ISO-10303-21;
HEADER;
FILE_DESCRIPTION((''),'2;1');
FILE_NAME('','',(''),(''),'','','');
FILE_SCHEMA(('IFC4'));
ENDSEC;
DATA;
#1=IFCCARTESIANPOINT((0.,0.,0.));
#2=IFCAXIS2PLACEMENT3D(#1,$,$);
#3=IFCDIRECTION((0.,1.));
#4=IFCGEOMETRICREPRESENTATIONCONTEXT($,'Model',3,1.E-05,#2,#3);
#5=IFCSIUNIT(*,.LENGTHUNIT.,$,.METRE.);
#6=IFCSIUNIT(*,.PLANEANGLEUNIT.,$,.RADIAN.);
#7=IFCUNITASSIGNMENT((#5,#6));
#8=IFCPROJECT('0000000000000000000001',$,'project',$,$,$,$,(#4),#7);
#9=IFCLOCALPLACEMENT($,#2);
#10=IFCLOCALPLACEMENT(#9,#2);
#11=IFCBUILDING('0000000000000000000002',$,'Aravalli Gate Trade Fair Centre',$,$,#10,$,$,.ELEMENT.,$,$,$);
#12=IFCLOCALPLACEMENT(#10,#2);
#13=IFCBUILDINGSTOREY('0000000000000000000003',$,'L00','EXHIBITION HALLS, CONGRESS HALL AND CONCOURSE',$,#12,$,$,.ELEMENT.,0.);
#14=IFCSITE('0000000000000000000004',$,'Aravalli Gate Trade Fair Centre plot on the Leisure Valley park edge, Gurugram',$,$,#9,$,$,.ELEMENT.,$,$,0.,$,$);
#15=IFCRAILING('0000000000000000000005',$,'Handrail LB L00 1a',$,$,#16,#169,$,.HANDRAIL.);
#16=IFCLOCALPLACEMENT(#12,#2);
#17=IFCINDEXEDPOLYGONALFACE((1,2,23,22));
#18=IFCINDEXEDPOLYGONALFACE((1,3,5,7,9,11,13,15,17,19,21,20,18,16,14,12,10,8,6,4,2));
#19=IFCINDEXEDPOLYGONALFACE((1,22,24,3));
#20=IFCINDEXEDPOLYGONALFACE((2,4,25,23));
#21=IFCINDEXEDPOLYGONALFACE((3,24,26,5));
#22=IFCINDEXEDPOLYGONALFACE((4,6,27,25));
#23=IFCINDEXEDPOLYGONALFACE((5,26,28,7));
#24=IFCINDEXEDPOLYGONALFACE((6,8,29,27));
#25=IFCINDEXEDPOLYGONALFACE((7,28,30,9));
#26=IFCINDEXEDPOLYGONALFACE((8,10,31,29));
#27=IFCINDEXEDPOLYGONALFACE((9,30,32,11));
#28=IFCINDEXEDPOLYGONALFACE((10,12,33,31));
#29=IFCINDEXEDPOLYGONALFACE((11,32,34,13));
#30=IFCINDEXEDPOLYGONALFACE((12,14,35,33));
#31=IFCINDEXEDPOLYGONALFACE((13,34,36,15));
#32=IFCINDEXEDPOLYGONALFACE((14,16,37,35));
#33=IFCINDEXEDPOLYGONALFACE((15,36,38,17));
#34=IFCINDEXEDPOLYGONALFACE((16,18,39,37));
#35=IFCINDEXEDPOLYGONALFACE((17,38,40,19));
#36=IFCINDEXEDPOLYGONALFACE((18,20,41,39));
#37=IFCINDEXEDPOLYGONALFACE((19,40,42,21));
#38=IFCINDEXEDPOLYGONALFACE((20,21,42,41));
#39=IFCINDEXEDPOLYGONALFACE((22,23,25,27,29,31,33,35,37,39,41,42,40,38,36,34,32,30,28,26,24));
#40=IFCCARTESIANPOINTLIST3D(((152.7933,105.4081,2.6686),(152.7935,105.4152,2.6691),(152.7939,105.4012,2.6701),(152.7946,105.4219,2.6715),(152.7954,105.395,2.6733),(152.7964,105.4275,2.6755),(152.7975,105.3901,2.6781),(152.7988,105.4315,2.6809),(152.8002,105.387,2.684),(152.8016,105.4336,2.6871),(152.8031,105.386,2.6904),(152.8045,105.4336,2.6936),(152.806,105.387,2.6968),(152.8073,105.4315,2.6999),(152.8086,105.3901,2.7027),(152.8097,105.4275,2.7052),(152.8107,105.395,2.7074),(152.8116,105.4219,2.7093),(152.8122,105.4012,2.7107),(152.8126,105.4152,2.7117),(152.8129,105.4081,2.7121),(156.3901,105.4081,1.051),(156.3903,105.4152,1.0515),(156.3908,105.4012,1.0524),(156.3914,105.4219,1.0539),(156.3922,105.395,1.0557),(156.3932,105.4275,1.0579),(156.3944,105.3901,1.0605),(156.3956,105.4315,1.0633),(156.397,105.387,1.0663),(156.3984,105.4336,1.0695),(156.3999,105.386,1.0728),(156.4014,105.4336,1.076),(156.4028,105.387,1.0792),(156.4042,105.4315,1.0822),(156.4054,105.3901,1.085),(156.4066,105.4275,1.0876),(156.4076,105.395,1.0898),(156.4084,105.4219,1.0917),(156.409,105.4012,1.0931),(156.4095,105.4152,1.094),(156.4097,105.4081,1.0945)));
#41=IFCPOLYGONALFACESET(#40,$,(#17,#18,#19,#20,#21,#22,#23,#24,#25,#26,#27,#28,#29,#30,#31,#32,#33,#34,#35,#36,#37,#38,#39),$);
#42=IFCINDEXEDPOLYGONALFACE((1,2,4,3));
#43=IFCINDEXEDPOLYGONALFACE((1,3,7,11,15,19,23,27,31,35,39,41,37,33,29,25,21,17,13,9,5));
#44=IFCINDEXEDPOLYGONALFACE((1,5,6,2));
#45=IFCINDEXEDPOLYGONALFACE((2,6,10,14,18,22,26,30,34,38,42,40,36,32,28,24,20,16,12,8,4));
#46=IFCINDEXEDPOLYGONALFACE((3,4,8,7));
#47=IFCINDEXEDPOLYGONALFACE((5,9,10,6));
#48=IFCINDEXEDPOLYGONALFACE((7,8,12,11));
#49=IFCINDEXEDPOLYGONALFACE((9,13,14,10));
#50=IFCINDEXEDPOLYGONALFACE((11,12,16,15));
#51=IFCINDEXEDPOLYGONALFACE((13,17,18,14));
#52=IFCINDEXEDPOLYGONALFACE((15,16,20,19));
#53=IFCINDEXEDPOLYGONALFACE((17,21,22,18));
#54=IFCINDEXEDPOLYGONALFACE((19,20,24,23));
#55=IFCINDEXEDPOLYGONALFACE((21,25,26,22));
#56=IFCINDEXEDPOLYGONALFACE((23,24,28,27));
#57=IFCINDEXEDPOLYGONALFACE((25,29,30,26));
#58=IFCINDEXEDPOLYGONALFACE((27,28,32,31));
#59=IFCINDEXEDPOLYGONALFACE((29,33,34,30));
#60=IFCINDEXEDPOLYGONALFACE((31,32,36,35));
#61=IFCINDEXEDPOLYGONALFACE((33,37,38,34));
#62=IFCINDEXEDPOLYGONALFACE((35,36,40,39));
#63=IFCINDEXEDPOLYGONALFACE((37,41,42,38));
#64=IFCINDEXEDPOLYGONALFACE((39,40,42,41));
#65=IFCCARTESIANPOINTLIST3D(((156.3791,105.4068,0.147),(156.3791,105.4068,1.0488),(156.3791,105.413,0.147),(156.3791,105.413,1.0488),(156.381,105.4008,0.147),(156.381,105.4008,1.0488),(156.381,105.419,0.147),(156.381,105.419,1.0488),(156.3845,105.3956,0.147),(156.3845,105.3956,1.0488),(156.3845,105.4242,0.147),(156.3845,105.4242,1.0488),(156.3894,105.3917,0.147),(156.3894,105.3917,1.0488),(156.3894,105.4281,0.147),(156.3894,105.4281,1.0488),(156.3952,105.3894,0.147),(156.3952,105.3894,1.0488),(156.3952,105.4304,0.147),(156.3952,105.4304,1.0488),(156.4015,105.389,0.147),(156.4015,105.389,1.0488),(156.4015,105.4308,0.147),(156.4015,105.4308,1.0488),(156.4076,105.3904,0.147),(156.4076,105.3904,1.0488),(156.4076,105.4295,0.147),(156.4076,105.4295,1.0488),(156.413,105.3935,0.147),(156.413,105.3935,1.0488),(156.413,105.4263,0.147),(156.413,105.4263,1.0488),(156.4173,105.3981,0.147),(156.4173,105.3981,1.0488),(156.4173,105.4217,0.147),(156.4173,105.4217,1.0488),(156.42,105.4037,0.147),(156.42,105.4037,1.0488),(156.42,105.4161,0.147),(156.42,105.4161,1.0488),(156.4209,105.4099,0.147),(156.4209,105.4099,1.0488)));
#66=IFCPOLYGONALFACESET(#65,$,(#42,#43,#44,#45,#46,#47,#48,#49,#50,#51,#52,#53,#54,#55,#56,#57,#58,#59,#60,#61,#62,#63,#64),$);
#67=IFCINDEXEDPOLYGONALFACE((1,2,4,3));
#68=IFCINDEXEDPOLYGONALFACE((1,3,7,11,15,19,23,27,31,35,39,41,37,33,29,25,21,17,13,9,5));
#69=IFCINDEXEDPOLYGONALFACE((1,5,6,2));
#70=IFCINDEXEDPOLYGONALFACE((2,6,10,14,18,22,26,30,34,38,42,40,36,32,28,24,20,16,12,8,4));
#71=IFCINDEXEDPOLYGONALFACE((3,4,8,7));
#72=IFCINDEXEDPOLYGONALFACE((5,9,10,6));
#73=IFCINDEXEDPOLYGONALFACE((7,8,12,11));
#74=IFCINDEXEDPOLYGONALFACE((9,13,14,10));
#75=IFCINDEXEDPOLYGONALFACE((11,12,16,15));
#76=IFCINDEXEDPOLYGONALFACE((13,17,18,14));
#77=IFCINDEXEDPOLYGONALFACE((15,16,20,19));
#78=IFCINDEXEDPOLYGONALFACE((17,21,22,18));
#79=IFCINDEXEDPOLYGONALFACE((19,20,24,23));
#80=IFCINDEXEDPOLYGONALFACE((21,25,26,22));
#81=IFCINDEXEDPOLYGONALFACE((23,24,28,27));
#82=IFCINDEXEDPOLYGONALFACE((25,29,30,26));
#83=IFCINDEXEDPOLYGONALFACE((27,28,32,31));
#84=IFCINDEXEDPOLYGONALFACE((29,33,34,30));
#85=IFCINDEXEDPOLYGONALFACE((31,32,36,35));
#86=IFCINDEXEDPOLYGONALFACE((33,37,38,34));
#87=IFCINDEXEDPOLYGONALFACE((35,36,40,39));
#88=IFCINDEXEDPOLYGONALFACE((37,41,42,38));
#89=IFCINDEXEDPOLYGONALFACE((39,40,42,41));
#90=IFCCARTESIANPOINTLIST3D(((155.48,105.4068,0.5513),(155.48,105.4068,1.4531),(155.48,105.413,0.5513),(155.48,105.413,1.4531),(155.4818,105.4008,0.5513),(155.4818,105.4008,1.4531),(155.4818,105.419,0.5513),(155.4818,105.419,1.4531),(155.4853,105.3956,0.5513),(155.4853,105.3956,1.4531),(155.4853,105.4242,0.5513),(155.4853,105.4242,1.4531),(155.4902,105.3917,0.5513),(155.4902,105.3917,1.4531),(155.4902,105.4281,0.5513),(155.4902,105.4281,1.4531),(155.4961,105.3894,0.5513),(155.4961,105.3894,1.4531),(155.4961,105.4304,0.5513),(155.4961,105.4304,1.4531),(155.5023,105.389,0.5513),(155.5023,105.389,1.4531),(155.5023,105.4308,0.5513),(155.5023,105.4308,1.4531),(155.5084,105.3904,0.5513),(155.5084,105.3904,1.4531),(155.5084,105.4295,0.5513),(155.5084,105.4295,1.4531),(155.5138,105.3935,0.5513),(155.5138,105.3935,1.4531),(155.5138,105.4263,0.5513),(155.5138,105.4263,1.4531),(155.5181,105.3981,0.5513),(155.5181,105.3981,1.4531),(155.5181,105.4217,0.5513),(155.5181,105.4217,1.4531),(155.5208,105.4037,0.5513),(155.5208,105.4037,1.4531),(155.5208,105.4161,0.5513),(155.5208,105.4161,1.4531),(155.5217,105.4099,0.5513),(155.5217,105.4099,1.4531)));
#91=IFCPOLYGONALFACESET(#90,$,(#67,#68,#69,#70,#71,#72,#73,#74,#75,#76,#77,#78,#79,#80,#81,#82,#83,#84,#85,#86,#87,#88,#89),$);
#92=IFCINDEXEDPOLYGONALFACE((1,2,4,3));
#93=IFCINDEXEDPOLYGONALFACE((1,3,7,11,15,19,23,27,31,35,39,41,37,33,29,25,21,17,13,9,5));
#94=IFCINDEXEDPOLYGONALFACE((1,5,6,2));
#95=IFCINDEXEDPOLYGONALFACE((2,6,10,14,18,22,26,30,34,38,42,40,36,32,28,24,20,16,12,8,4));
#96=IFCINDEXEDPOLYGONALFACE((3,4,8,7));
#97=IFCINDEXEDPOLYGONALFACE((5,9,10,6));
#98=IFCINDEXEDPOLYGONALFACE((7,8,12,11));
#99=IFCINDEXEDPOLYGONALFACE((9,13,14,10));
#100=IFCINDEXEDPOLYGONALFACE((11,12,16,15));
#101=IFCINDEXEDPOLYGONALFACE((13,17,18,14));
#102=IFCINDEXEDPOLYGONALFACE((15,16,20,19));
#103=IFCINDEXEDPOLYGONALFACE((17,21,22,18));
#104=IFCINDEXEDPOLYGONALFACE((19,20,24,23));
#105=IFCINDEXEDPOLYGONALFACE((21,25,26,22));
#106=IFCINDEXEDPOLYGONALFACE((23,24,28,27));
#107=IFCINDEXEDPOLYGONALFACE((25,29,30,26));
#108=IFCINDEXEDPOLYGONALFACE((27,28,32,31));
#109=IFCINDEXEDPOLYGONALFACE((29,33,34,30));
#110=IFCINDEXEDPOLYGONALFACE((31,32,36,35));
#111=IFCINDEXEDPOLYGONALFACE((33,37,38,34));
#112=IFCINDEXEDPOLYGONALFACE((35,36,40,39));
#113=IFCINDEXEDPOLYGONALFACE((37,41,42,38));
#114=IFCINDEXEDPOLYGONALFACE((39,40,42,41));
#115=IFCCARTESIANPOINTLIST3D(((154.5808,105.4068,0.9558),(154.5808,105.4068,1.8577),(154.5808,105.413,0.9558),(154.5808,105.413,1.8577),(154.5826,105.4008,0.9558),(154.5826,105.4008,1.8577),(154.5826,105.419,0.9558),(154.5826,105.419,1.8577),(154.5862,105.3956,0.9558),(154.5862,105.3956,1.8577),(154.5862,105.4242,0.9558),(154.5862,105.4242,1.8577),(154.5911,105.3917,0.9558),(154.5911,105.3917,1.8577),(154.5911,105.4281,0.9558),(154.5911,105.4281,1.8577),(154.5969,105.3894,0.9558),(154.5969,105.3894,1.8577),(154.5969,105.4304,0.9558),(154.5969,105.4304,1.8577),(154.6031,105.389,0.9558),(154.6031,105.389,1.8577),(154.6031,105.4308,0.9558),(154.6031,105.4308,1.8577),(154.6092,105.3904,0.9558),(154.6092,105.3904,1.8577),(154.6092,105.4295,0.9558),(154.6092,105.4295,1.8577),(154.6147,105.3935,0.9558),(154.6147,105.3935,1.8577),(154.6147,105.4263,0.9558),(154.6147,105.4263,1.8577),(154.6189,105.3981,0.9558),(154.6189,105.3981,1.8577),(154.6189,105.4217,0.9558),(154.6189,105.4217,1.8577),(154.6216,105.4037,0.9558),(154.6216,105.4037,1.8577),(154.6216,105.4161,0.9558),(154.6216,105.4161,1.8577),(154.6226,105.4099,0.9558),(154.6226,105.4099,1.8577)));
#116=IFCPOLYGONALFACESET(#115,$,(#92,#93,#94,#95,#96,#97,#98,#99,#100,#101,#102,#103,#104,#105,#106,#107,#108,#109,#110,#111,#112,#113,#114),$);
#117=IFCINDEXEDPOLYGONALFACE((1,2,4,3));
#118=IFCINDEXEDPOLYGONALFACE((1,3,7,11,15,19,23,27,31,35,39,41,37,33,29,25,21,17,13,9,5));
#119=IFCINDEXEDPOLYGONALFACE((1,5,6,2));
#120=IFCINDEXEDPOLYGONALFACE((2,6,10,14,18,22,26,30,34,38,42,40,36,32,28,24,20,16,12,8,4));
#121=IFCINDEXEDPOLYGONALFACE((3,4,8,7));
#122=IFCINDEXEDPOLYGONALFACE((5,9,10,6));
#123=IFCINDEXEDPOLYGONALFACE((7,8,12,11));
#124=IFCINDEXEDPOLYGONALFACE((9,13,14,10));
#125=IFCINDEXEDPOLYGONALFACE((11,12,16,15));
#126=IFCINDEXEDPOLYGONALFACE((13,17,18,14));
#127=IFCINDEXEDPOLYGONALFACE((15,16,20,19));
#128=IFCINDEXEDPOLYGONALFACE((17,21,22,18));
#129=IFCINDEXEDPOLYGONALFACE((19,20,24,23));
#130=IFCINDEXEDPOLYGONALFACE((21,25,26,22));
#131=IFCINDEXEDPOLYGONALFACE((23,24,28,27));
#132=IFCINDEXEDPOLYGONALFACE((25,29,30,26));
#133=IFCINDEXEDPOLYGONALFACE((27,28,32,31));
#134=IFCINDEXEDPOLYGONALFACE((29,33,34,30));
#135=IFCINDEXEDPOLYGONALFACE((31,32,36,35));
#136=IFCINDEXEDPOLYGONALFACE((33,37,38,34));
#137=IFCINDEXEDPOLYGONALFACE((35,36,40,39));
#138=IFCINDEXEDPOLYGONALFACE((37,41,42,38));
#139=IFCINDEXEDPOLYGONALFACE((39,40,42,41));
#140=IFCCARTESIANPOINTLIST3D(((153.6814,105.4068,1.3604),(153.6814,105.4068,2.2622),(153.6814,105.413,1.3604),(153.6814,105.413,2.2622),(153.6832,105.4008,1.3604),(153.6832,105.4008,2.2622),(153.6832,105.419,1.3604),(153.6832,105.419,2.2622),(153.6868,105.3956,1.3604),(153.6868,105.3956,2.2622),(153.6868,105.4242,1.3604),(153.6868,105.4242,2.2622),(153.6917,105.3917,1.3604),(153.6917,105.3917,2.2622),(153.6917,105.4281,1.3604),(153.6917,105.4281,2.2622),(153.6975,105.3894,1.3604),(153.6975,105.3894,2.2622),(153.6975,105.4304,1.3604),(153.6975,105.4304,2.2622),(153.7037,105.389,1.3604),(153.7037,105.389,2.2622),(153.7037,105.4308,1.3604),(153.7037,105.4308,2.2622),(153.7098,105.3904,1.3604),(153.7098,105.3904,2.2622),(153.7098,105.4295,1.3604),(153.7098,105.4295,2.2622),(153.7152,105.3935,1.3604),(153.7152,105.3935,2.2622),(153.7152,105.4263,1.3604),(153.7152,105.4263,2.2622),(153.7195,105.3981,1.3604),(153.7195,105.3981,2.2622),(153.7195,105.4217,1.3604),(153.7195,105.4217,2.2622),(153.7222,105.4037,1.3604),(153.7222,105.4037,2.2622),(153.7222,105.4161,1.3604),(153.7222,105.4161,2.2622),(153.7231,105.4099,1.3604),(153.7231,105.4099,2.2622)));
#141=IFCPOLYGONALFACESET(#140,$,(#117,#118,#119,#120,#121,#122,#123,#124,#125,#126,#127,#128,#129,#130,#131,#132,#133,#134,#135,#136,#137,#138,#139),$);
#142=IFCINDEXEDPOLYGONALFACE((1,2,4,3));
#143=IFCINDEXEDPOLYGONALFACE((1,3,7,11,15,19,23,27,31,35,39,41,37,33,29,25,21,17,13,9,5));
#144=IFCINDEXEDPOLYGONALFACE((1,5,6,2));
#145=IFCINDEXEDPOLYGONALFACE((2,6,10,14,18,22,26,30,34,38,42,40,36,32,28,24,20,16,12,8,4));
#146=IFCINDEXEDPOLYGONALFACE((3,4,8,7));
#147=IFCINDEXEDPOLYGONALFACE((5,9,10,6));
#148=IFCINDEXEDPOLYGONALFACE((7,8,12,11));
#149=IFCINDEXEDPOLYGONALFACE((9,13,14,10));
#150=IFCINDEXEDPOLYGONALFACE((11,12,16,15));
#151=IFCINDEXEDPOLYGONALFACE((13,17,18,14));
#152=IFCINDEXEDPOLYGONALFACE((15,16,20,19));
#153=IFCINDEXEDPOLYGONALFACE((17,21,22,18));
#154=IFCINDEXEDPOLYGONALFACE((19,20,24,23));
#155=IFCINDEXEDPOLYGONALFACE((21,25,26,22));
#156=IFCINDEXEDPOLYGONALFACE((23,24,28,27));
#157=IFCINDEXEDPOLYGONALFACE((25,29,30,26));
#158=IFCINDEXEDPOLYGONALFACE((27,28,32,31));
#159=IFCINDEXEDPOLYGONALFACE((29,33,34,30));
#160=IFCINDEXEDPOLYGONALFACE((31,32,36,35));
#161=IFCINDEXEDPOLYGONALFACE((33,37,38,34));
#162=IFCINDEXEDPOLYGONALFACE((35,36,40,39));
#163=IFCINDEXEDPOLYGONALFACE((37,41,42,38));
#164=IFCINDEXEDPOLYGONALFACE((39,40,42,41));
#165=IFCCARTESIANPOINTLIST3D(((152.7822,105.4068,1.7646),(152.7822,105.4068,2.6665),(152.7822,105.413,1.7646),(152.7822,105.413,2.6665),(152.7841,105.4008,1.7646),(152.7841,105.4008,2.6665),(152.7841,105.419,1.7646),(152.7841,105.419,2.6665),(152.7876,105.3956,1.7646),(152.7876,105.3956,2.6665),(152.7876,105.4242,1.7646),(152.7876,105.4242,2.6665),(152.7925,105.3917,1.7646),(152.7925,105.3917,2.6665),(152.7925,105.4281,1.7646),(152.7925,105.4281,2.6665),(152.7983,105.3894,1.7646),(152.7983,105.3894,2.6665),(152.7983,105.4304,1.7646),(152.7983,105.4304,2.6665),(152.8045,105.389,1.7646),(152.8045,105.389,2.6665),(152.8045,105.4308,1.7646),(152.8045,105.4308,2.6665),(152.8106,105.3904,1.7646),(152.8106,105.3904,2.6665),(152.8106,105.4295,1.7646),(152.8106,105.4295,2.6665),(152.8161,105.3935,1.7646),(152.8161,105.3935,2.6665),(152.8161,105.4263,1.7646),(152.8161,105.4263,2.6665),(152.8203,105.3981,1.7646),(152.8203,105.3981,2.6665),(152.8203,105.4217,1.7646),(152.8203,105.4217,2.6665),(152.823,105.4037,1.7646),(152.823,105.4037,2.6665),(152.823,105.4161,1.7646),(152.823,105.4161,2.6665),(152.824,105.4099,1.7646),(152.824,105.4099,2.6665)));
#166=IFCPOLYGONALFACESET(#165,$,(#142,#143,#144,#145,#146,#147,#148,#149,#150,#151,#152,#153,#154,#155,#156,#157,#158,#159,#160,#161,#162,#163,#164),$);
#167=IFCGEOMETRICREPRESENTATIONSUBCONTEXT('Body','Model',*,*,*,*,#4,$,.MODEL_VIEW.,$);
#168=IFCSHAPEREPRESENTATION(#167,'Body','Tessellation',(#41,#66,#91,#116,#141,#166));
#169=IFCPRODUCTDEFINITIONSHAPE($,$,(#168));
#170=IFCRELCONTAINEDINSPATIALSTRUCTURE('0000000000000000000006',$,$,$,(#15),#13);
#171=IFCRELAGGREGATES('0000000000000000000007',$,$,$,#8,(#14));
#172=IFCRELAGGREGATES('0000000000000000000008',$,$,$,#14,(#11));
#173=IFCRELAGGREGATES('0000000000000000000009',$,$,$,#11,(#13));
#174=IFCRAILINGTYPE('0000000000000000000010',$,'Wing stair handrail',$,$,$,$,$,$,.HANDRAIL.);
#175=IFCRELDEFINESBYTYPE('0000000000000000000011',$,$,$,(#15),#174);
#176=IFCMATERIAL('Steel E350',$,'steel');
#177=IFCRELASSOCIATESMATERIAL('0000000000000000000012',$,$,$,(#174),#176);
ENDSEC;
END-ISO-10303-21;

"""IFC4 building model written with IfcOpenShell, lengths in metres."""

from ifc_helpers import new_model, si_unit, direction, frame, origin, origin_2d, place, context, subcontext, project, spatial, circle, extrude, material, type_object, element, save


model = new_model("IFC4")

# Units and contexts
model_context = context("Model", 3, precision=1e-05, world=origin(), true_north=direction((0.0, 1.0)))
body_context = subcontext(model_context, "Body", "Model", "MODEL_VIEW")
ifc_project = project(units=[si_unit("LENGTHUNIT", "METRE"), si_unit("PLANEANGLEUNIT", "RADIAN")], contexts=[model_context])

# Site, building, storey
site_placement = place(None, origin())
site = spatial("IfcSite", under=ifc_project, at=site_placement, Name="Aravalli Gate Trade Fair Centre plot on the Leisure Valley park edge, Gurugram", CompositionType="ELEMENT", RefElevation=0.0)
building_placement = place(site_placement, origin())
building = spatial("IfcBuilding", under=site, at=building_placement, Name="Aravalli Gate Trade Fair Centre", CompositionType="ELEMENT")
storey_placement = place(building_placement, origin())
storey = spatial("IfcBuildingStorey", under=building, at=storey_placement, Name="L00", Description="EXHIBITION HALLS, CONGRESS HALL AND CONCOURSE", CompositionType="ELEMENT", Elevation=0.0)

# Shared definitions
ifc_material_1 = material(Name="Steel E350", Category="steel")

# Railing
railing_type_1 = type_object("IfcRailingType", Name="Wing stair handrail", PredefinedType="HANDRAIL", material=ifc_material_1)
for number, where, name in (
    (1, (156.3999, 105.4099, 0.147), "Handrail LB L00 1a"),
):
    element("IfcRailing", number, at=place(storey_placement, frame(where)), inside=storey, type_object=railing_type_1, Name=name, PredefinedType="HANDRAIL", context=body_context, shape_type="SweptSolid", body=[
        extrude(circle(Radius=0.0239, at=origin_2d()), frame((0.0, 0.0, 0.9258), z_axis=(-0.912011, 0.0, 0.410166), x_axis=(0.0, -1.0, 0.0)), (0.0, 0.0, 1.0), 3.9438),
        extrude(circle(Radius=0.021, at=origin_2d()), origin(), (0.0, 0.0, 1.0), 0.9019),
        extrude(circle(Radius=0.021, at=origin_2d()), frame((-0.8992, 0.0, 0.4043)), (0.0, 0.0, 1.0), 0.9019),
        extrude(circle(Radius=0.021, at=origin_2d()), frame((-1.7983, 0.0, 0.8088)), (0.0, 0.0, 1.0), 0.9019),
        extrude(circle(Radius=0.021, at=origin_2d()), frame((-2.6978, 0.0, 1.2134)), (0.0, 0.0, 1.0), 0.9019),
        extrude(circle(Radius=0.021, at=origin_2d()), frame((-3.5969, 0.0, 1.6177)), (0.0, 0.0, 1.0), 0.9019),
    ])

save(model, "model.ifc")
